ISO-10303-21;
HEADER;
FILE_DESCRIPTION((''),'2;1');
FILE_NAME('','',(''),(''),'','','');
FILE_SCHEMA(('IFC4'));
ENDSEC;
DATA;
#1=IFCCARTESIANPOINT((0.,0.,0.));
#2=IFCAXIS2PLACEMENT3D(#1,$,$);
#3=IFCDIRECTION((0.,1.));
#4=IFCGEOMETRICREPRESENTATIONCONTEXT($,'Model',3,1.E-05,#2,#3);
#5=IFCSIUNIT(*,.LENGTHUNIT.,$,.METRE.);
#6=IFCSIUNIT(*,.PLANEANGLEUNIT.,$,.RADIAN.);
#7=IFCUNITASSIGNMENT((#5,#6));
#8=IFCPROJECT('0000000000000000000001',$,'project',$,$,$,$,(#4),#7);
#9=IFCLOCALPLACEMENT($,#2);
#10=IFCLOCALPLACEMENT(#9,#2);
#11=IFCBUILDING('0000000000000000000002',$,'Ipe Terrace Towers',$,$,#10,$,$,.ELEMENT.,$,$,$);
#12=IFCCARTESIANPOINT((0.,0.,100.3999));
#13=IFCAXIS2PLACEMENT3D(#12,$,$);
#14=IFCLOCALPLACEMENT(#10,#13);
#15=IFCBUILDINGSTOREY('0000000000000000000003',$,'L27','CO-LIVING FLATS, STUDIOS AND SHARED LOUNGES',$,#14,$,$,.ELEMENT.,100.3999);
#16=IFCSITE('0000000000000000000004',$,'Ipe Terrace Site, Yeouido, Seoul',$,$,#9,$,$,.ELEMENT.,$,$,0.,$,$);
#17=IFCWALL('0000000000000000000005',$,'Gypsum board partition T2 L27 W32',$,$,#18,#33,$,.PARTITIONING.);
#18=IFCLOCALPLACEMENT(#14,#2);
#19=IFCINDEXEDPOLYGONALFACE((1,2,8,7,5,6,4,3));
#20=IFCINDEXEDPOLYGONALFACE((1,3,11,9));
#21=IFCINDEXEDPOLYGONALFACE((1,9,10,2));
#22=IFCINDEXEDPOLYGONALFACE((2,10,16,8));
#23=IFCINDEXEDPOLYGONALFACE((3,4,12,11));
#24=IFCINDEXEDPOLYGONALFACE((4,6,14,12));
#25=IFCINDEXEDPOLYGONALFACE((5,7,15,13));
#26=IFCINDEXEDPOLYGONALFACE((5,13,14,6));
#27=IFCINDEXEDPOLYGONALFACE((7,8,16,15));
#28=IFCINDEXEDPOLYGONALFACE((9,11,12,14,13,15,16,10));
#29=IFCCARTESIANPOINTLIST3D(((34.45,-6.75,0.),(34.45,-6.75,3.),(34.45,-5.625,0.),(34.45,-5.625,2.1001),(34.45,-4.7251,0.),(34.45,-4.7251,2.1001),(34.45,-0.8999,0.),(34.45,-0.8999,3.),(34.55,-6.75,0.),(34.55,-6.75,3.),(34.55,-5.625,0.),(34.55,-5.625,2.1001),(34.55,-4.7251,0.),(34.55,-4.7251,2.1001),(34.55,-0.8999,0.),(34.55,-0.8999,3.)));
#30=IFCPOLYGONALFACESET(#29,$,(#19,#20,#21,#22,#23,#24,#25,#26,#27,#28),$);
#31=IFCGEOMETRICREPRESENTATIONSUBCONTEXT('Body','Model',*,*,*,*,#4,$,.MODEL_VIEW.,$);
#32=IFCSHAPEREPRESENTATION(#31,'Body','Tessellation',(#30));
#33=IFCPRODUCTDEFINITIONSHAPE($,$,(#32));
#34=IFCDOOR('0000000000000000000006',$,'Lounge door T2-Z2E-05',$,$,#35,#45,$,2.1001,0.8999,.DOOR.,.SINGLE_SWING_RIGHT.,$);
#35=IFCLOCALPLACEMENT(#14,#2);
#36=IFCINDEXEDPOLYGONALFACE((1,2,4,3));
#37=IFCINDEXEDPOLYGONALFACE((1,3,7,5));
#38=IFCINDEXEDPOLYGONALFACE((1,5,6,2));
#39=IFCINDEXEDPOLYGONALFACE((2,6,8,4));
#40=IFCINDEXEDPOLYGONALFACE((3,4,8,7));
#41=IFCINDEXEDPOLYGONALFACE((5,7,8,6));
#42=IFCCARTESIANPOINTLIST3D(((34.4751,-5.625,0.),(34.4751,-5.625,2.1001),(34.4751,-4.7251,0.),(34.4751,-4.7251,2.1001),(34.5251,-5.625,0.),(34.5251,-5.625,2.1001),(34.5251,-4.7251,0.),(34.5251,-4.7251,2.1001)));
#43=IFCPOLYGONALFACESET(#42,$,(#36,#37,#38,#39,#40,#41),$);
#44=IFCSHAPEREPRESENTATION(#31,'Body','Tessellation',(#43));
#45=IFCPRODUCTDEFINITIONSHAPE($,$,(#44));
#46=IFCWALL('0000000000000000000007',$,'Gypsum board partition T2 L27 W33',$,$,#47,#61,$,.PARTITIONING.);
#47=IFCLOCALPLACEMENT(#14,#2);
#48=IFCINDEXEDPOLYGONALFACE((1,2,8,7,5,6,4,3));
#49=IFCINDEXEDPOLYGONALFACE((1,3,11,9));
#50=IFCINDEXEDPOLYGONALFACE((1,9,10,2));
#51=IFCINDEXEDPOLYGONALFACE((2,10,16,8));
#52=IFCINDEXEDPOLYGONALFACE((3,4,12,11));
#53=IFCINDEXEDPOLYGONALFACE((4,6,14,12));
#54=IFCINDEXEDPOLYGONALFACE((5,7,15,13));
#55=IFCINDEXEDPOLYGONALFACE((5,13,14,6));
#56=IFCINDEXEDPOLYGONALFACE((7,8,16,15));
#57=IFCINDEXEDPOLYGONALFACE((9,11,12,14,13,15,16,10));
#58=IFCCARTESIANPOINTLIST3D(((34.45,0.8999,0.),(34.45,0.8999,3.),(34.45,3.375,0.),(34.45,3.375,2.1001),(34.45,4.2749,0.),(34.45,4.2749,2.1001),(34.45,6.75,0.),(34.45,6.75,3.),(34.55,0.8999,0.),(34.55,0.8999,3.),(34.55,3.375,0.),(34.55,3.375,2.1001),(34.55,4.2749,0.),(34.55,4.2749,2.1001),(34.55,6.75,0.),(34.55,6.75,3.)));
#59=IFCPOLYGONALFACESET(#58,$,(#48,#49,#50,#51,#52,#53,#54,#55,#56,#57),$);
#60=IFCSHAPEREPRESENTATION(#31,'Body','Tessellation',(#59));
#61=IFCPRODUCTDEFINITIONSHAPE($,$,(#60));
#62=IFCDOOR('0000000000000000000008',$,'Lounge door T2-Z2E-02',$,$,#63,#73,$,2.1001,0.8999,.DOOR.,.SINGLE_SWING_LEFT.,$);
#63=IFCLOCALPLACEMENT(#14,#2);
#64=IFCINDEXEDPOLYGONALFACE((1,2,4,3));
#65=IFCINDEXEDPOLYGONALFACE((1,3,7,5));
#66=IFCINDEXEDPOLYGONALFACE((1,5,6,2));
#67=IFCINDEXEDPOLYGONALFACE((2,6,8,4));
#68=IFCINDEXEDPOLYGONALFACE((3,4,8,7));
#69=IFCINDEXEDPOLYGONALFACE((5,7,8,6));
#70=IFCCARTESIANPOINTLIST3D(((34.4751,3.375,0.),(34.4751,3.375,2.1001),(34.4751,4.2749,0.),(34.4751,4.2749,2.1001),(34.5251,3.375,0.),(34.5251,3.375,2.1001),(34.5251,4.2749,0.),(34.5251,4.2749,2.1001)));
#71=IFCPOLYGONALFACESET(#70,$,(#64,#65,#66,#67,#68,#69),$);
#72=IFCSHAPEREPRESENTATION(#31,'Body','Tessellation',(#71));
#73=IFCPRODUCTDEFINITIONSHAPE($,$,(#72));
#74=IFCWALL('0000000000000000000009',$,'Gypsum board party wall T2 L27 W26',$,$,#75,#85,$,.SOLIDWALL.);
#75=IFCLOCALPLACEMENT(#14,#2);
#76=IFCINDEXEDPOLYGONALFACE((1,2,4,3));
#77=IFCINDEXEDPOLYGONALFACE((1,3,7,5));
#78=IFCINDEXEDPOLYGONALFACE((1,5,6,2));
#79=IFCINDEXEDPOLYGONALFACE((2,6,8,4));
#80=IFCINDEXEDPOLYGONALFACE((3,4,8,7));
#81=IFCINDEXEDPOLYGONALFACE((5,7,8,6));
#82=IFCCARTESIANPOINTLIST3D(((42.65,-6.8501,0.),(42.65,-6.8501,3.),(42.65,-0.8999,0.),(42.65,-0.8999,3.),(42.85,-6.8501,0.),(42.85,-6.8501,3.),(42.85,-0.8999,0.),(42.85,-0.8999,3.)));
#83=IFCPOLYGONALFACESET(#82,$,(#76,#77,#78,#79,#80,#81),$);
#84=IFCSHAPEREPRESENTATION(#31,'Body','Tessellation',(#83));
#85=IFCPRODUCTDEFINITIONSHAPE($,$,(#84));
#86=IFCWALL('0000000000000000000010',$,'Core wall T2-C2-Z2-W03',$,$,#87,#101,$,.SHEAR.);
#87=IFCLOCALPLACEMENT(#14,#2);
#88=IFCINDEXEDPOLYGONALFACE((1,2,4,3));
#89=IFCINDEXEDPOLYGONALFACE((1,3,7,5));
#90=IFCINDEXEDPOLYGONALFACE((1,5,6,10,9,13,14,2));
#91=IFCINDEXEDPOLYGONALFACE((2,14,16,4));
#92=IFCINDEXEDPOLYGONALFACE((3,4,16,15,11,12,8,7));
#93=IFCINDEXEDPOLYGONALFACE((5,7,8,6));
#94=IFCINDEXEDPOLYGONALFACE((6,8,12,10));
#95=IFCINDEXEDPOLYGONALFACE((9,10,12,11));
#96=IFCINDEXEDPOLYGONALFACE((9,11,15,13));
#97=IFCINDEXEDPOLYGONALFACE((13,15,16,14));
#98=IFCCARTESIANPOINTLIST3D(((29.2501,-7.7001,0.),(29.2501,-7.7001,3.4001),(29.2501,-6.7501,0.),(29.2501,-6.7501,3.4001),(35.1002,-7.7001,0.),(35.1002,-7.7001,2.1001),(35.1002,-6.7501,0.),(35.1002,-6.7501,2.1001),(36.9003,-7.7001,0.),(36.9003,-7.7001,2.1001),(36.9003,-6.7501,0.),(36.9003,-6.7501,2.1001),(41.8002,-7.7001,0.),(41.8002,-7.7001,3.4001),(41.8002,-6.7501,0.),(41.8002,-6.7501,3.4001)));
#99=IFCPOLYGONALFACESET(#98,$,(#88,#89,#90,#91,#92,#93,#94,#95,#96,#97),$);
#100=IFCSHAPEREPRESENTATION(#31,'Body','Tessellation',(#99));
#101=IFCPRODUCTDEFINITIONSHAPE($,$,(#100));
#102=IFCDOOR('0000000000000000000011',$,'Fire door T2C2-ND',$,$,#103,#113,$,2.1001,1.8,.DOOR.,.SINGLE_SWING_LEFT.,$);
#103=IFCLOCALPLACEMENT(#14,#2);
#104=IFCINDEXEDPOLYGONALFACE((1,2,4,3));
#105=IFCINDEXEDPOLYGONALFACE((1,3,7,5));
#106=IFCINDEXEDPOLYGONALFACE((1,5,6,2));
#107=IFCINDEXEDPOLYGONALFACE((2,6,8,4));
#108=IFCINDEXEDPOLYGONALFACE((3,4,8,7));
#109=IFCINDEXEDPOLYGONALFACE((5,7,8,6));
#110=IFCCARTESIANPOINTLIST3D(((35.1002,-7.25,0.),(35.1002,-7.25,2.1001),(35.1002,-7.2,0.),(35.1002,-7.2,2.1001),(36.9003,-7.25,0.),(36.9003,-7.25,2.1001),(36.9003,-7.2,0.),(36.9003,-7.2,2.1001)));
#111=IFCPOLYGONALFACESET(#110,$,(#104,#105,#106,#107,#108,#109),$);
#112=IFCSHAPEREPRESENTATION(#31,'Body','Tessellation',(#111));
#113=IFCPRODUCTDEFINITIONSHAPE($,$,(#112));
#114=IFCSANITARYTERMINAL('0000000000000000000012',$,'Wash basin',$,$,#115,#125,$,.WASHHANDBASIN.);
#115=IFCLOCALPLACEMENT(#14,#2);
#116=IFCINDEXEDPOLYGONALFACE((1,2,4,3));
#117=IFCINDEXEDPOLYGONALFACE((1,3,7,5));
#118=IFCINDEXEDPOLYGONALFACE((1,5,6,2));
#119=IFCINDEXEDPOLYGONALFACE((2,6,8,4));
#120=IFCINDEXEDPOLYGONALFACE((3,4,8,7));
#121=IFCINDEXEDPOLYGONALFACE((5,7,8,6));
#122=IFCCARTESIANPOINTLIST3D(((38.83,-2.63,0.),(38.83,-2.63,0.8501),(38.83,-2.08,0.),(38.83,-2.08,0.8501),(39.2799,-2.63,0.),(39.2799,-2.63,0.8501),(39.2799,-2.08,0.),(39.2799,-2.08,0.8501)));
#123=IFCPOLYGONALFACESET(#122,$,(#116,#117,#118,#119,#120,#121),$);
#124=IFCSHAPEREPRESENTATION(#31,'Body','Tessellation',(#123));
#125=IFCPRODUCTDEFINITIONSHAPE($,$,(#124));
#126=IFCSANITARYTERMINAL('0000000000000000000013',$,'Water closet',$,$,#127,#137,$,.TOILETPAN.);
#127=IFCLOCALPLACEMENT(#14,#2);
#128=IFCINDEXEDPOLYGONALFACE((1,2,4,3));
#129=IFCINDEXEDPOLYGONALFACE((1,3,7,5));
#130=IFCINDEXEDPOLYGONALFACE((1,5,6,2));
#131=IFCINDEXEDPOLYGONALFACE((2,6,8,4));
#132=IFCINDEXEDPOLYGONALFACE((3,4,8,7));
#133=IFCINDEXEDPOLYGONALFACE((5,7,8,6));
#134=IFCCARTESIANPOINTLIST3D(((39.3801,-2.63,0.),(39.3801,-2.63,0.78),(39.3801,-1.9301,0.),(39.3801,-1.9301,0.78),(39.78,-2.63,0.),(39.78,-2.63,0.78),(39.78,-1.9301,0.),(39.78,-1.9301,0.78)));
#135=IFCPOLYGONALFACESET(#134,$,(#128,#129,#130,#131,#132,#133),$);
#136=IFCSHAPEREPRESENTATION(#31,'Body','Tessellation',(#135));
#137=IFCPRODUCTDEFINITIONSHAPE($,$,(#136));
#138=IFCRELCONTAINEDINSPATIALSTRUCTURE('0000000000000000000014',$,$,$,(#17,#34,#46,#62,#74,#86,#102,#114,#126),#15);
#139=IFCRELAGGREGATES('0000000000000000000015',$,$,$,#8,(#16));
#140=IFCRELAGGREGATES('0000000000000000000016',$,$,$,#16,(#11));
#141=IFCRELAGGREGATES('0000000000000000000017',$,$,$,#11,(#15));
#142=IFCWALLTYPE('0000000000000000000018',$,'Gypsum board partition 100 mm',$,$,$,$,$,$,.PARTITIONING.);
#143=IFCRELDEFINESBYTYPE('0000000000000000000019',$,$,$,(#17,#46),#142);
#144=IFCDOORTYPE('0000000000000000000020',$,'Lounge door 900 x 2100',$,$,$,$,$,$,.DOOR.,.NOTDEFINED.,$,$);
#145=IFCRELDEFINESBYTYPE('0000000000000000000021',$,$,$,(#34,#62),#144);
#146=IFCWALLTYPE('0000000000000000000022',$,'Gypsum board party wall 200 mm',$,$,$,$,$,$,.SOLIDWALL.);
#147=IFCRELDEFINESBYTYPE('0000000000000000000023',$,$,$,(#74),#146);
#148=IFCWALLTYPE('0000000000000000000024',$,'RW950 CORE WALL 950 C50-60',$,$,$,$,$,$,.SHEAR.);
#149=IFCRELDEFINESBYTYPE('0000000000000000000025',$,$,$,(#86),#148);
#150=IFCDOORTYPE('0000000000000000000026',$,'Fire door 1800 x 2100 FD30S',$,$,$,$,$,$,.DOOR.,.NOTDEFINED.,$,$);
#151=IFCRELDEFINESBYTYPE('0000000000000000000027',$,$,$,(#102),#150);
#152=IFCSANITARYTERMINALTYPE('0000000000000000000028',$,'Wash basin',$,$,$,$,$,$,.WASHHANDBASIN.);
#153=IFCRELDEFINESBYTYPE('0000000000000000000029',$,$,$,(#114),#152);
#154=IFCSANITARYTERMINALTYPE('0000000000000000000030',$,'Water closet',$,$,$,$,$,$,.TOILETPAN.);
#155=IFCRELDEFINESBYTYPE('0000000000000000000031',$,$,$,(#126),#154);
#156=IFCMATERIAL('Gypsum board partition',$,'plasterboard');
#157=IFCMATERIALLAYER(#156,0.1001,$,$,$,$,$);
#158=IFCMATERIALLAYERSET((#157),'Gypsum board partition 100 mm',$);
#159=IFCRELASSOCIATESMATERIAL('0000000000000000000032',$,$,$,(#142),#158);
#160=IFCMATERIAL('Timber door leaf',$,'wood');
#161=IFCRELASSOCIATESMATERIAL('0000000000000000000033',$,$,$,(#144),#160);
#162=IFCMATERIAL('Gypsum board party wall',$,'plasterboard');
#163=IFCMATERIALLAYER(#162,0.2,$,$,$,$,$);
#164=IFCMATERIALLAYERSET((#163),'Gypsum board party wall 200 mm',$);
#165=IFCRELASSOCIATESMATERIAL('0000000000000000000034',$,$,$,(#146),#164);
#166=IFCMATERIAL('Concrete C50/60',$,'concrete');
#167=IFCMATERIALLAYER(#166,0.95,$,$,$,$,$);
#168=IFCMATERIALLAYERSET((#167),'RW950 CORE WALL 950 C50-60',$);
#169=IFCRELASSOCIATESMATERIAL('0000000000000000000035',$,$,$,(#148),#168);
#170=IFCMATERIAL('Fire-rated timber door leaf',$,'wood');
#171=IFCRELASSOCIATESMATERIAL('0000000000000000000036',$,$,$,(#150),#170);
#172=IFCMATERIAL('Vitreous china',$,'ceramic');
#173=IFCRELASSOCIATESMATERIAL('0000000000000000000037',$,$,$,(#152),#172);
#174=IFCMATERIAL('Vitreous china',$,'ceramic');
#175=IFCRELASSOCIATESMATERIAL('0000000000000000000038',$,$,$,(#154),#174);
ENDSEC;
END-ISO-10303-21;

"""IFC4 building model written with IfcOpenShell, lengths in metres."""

from ifc_helpers import new_model, si_unit, direction, frame, frame_2d, origin, origin_2d, place, context, subcontext, project, spatial, rectangle, extrude, material, layer, layer_set, type_object, element, fill, save


model = new_model("IFC4")

# Units and contexts
model_context = context("Model", 3, precision=1e-05, world=origin(), true_north=direction((0.0, 1.0)))
body_context = subcontext(model_context, "Body", "Model", "MODEL_VIEW")
ifc_project = project(units=[si_unit("LENGTHUNIT", "METRE"), si_unit("PLANEANGLEUNIT", "RADIAN")], contexts=[model_context])

# Site, building, storey
site_placement = place(None, origin())
site = spatial("IfcSite", under=ifc_project, at=site_placement, Name="Ipe Terrace Site, Yeouido, Seoul", CompositionType="ELEMENT", RefElevation=0.0)
building_placement = place(site_placement, origin())
building = spatial("IfcBuilding", under=site, at=building_placement, Name="Ipe Terrace Towers", CompositionType="ELEMENT")
storey_placement = place(building_placement, frame((0.0, 0.0, 100.3999)))
storey = spatial("IfcBuildingStorey", under=building, at=storey_placement, Name="L27", Description="CO-LIVING FLATS, STUDIOS AND SHARED LOUNGES", CompositionType="ELEMENT", Elevation=100.3999)

# Shared definitions
ifc_material_1 = material(Name="Gypsum board partition", Category="plasterboard")
ifc_layer_1 = layer(ifc_material_1, 0.1001)
ifc_layer_set_1 = layer_set([ifc_layer_1], Name="Gypsum board partition 100 mm")
wall_type_1 = type_object("IfcWallType", Name="Gypsum board partition 100 mm", PredefinedType="PARTITIONING", material=ifc_layer_set_1)

# Shared definitions
ifc_material_2 = material(Name="Timber door leaf", Category="wood")
door_type_1 = type_object("IfcDoorType", Name="Lounge door 900 x 2100", OperationType="NOTDEFINED", PredefinedType="DOOR", material=ifc_material_2)

# Walls, openings, doors
wall_1_placement = place(storey_placement, frame((34.5, -6.75, 0.0), z_axis=(0.0, 0.0, 1.0), x_axis=(0.0, 1.0, 0.0)))
wall_1 = element("IfcWall", 1, at=wall_1_placement, inside=storey, type_object=wall_type_1, Name="Gypsum board partition T2 L27 W32", PredefinedType="PARTITIONING", context=body_context, shape_type="SweptSolid", body=[
    extrude(rectangle(XDim=5.8501, YDim=0.1001, at=frame_2d((2.925, 0.0))), origin(), (0.0, 0.0, 1.0), 3.0),
])
opening_1_placement = place(wall_1_placement, frame((1.125, 0.0, 0.0)))
opening_1 = element("IfcOpeningElement", 2, at=opening_1_placement, cuts=wall_1, PredefinedType="OPENING", context=body_context, shape_type="SweptSolid", body=[
    extrude(rectangle(XDim=0.8999, YDim=2.1001, at=frame_2d((0.45, 1.05))), frame((0.0, 0.0601, 0.0), z_axis=(0.0, -1.0, 0.0), x_axis=(1.0, 0.0, 0.0)), (0.0, 0.0, 1.0), 0.1201),
])
door_1_placement = place(opening_1_placement, origin())
door_1 = element("IfcDoor", 3, at=door_1_placement, inside=storey, type_object=door_type_1, Name="Lounge door T2-Z2E-05", OperationType="SINGLE_SWING_RIGHT", OverallHeight=2.1001, OverallWidth=0.8999, PredefinedType="DOOR", context=body_context, shape_type="SweptSolid", body=[
    extrude(rectangle(XDim=0.8999, YDim=2.1001, at=frame_2d((0.45, 1.05))), frame((0.0, 0.0249, 0.0), z_axis=(0.0, -1.0, 0.0), x_axis=(1.0, 0.0, 0.0)), (0.0, 0.0, 1.0), 0.05),
])
fill(opening_1, door_1)
wall_2_placement = place(storey_placement, frame((34.5, 0.8999, 0.0), z_axis=(0.0, 0.0, 1.0), x_axis=(0.0, 1.0, 0.0)))
wall_2 = element("IfcWall", 4, at=wall_2_placement, inside=storey, type_object=wall_type_1, Name="Gypsum board partition T2 L27 W33", PredefinedType="PARTITIONING", context=body_context, shape_type="SweptSolid", body=[
    extrude(rectangle(XDim=5.8501, YDim=0.1001, at=frame_2d((2.925, 0.0))), origin(), (0.0, 0.0, 1.0), 3.0),
])
opening_2_placement = place(wall_2_placement, frame((2.4751, 0.0, 0.0)))
opening_2 = element("IfcOpeningElement", 5, at=opening_2_placement, cuts=wall_2, PredefinedType="OPENING", context=body_context, shape_type="SweptSolid", body=[
    extrude(rectangle(XDim=0.8999, YDim=2.1001, at=frame_2d((0.45, 1.05))), frame((0.0, 0.0601, 0.0), z_axis=(0.0, -1.0, 0.0), x_axis=(1.0, 0.0, 0.0)), (0.0, 0.0, 1.0), 0.1201),
])
door_2_placement = place(opening_2_placement, origin())
door_2 = element("IfcDoor", 6, at=door_2_placement, inside=storey, type_object=door_type_1, Name="Lounge door T2-Z2E-02", OperationType="SINGLE_SWING_LEFT", OverallHeight=2.1001, OverallWidth=0.8999, PredefinedType="DOOR", context=body_context, shape_type="SweptSolid", body=[
    extrude(rectangle(XDim=0.8999, YDim=2.1001, at=frame_2d((0.45, 1.05))), frame((0.0, 0.0249, 0.0), z_axis=(0.0, -1.0, 0.0), x_axis=(1.0, 0.0, 0.0)), (0.0, 0.0, 1.0), 0.05),
])
fill(opening_2, door_2)

# Wall
ifc_material_3 = material(Name="Gypsum board party wall", Category="plasterboard")
ifc_layer_2 = layer(ifc_material_3, 0.2)
ifc_layer_set_2 = layer_set([ifc_layer_2], Name="Gypsum board party wall 200 mm")
wall_type_2 = type_object("IfcWallType", Name="Gypsum board party wall 200 mm", PredefinedType="SOLIDWALL", material=ifc_layer_set_2)
wall_3_placement = place(storey_placement, frame((42.75, -6.8501, 0.0), z_axis=(0.0, 0.0, 1.0), x_axis=(0.0, 1.0, 0.0)))
element("IfcWall", 7, at=wall_3_placement, inside=storey, type_object=wall_type_2, Name="Gypsum board party wall T2 L27 W26", PredefinedType="SOLIDWALL", context=body_context, shape_type="SweptSolid", body=[
    extrude(rectangle(XDim=5.9502, YDim=0.2, at=frame_2d((2.9751, 0.0))), origin(), (0.0, 0.0, 1.0), 3.0),
])

# Wall, opening, door
ifc_material_4 = material(Name="Concrete C50/60", Category="concrete")
ifc_layer_3 = layer(ifc_material_4, 0.95)
ifc_layer_set_3 = layer_set([ifc_layer_3], Name="RW950 CORE WALL 950 C50-60")
wall_type_3 = type_object("IfcWallType", Name="RW950 CORE WALL 950 C50-60", PredefinedType="SHEAR", material=ifc_layer_set_3)
wall_4_placement = place(storey_placement, frame((41.8, -7.2251, 0.0), z_axis=(0.0, 0.0, 1.0), x_axis=(-1.0, 0.0, 0.0)))
wall_4 = element("IfcWall", 8, at=wall_4_placement, inside=storey, type_object=wall_type_3, Name="Core wall T2-C2-Z2-W03", PredefinedType="SHEAR", context=body_context, shape_type="SweptSolid", body=[
    extrude(rectangle(XDim=12.55, YDim=0.95, at=frame_2d((6.2749, 0.0))), origin(), (0.0, 0.0, 1.0), 3.4001),
])
opening_3_placement = place(wall_4_placement, frame((4.8999, 0.0, 0.0)))
opening_3 = element("IfcOpeningElement", 9, at=opening_3_placement, cuts=wall_4, PredefinedType="OPENING", context=body_context, shape_type="SweptSolid", body=[
    extrude(rectangle(XDim=1.8, YDim=2.1001, at=frame_2d((0.8999, 1.05))), frame((0.0, 0.4849, 0.0), z_axis=(0.0, -1.0, 0.0), x_axis=(1.0, 0.0, 0.0)), (0.0, 0.0, 1.0), 0.97),
])
ifc_material_5 = material(Name="Fire-rated timber door leaf", Category="wood")
door_type_2 = type_object("IfcDoorType", Name="Fire door 1800 x 2100 FD30S", OperationType="NOTDEFINED", PredefinedType="DOOR", material=ifc_material_5)
door_3_placement = place(opening_3_placement, origin())
door_3 = element("IfcDoor", 10, at=door_3_placement, inside=storey, type_object=door_type_2, Name="Fire door T2C2-ND", OperationType="SINGLE_SWING_LEFT", OverallHeight=2.1001, OverallWidth=1.8, PredefinedType="DOOR", context=body_context, shape_type="SweptSolid", body=[
    extrude(rectangle(XDim=1.8, YDim=2.1001, at=frame_2d((0.8999, 1.05))), frame((0.0, 0.0249, 0.0), z_axis=(0.0, -1.0, 0.0), x_axis=(1.0, 0.0, 0.0)), (0.0, 0.0, 1.0), 0.05),
])
fill(opening_3, door_3)

# Sanitary terminals
ifc_material_6 = material(Name="Vitreous china", Category="ceramic")
sanitary_terminal_type_1 = type_object("IfcSanitaryTerminalType", Name="Wash basin", PredefinedType="WASHHANDBASIN", material=ifc_material_6)
sanitary_terminal_1_placement = place(storey_placement, frame((39.0549, -2.355, 0.0), z_axis=(0.0, 0.0, 1.0), x_axis=(0.0, 1.0, 0.0)))
element("IfcSanitaryTerminal", 11, at=sanitary_terminal_1_placement, inside=storey, type_object=sanitary_terminal_type_1, Name="Wash basin", PredefinedType="WASHHANDBASIN", context=body_context, shape_type="SweptSolid", body=[
    extrude(rectangle(XDim=0.55, YDim=0.45, at=origin_2d()), origin(), (0.0, 0.0, 1.0), 0.8501),
])
ifc_material_7 = material(Name="Vitreous china", Category="ceramic")
sanitary_terminal_type_2 = type_object("IfcSanitaryTerminalType", Name="Water closet", PredefinedType="TOILETPAN", material=ifc_material_7)
sanitary_terminal_2_placement = place(storey_placement, frame((39.5801, -2.28, 0.0), z_axis=(0.0, 0.0, 1.0), x_axis=(0.0, 1.0, 0.0)))
element("IfcSanitaryTerminal", 12, at=sanitary_terminal_2_placement, inside=storey, type_object=sanitary_terminal_type_2, Name="Water closet", PredefinedType="TOILETPAN", context=body_context, shape_type="SweptSolid", body=[
    extrude(rectangle(XDim=0.7, YDim=0.3999, at=origin_2d()), origin(), (0.0, 0.0, 1.0), 0.78),
])

save(model, "model.ifc")
